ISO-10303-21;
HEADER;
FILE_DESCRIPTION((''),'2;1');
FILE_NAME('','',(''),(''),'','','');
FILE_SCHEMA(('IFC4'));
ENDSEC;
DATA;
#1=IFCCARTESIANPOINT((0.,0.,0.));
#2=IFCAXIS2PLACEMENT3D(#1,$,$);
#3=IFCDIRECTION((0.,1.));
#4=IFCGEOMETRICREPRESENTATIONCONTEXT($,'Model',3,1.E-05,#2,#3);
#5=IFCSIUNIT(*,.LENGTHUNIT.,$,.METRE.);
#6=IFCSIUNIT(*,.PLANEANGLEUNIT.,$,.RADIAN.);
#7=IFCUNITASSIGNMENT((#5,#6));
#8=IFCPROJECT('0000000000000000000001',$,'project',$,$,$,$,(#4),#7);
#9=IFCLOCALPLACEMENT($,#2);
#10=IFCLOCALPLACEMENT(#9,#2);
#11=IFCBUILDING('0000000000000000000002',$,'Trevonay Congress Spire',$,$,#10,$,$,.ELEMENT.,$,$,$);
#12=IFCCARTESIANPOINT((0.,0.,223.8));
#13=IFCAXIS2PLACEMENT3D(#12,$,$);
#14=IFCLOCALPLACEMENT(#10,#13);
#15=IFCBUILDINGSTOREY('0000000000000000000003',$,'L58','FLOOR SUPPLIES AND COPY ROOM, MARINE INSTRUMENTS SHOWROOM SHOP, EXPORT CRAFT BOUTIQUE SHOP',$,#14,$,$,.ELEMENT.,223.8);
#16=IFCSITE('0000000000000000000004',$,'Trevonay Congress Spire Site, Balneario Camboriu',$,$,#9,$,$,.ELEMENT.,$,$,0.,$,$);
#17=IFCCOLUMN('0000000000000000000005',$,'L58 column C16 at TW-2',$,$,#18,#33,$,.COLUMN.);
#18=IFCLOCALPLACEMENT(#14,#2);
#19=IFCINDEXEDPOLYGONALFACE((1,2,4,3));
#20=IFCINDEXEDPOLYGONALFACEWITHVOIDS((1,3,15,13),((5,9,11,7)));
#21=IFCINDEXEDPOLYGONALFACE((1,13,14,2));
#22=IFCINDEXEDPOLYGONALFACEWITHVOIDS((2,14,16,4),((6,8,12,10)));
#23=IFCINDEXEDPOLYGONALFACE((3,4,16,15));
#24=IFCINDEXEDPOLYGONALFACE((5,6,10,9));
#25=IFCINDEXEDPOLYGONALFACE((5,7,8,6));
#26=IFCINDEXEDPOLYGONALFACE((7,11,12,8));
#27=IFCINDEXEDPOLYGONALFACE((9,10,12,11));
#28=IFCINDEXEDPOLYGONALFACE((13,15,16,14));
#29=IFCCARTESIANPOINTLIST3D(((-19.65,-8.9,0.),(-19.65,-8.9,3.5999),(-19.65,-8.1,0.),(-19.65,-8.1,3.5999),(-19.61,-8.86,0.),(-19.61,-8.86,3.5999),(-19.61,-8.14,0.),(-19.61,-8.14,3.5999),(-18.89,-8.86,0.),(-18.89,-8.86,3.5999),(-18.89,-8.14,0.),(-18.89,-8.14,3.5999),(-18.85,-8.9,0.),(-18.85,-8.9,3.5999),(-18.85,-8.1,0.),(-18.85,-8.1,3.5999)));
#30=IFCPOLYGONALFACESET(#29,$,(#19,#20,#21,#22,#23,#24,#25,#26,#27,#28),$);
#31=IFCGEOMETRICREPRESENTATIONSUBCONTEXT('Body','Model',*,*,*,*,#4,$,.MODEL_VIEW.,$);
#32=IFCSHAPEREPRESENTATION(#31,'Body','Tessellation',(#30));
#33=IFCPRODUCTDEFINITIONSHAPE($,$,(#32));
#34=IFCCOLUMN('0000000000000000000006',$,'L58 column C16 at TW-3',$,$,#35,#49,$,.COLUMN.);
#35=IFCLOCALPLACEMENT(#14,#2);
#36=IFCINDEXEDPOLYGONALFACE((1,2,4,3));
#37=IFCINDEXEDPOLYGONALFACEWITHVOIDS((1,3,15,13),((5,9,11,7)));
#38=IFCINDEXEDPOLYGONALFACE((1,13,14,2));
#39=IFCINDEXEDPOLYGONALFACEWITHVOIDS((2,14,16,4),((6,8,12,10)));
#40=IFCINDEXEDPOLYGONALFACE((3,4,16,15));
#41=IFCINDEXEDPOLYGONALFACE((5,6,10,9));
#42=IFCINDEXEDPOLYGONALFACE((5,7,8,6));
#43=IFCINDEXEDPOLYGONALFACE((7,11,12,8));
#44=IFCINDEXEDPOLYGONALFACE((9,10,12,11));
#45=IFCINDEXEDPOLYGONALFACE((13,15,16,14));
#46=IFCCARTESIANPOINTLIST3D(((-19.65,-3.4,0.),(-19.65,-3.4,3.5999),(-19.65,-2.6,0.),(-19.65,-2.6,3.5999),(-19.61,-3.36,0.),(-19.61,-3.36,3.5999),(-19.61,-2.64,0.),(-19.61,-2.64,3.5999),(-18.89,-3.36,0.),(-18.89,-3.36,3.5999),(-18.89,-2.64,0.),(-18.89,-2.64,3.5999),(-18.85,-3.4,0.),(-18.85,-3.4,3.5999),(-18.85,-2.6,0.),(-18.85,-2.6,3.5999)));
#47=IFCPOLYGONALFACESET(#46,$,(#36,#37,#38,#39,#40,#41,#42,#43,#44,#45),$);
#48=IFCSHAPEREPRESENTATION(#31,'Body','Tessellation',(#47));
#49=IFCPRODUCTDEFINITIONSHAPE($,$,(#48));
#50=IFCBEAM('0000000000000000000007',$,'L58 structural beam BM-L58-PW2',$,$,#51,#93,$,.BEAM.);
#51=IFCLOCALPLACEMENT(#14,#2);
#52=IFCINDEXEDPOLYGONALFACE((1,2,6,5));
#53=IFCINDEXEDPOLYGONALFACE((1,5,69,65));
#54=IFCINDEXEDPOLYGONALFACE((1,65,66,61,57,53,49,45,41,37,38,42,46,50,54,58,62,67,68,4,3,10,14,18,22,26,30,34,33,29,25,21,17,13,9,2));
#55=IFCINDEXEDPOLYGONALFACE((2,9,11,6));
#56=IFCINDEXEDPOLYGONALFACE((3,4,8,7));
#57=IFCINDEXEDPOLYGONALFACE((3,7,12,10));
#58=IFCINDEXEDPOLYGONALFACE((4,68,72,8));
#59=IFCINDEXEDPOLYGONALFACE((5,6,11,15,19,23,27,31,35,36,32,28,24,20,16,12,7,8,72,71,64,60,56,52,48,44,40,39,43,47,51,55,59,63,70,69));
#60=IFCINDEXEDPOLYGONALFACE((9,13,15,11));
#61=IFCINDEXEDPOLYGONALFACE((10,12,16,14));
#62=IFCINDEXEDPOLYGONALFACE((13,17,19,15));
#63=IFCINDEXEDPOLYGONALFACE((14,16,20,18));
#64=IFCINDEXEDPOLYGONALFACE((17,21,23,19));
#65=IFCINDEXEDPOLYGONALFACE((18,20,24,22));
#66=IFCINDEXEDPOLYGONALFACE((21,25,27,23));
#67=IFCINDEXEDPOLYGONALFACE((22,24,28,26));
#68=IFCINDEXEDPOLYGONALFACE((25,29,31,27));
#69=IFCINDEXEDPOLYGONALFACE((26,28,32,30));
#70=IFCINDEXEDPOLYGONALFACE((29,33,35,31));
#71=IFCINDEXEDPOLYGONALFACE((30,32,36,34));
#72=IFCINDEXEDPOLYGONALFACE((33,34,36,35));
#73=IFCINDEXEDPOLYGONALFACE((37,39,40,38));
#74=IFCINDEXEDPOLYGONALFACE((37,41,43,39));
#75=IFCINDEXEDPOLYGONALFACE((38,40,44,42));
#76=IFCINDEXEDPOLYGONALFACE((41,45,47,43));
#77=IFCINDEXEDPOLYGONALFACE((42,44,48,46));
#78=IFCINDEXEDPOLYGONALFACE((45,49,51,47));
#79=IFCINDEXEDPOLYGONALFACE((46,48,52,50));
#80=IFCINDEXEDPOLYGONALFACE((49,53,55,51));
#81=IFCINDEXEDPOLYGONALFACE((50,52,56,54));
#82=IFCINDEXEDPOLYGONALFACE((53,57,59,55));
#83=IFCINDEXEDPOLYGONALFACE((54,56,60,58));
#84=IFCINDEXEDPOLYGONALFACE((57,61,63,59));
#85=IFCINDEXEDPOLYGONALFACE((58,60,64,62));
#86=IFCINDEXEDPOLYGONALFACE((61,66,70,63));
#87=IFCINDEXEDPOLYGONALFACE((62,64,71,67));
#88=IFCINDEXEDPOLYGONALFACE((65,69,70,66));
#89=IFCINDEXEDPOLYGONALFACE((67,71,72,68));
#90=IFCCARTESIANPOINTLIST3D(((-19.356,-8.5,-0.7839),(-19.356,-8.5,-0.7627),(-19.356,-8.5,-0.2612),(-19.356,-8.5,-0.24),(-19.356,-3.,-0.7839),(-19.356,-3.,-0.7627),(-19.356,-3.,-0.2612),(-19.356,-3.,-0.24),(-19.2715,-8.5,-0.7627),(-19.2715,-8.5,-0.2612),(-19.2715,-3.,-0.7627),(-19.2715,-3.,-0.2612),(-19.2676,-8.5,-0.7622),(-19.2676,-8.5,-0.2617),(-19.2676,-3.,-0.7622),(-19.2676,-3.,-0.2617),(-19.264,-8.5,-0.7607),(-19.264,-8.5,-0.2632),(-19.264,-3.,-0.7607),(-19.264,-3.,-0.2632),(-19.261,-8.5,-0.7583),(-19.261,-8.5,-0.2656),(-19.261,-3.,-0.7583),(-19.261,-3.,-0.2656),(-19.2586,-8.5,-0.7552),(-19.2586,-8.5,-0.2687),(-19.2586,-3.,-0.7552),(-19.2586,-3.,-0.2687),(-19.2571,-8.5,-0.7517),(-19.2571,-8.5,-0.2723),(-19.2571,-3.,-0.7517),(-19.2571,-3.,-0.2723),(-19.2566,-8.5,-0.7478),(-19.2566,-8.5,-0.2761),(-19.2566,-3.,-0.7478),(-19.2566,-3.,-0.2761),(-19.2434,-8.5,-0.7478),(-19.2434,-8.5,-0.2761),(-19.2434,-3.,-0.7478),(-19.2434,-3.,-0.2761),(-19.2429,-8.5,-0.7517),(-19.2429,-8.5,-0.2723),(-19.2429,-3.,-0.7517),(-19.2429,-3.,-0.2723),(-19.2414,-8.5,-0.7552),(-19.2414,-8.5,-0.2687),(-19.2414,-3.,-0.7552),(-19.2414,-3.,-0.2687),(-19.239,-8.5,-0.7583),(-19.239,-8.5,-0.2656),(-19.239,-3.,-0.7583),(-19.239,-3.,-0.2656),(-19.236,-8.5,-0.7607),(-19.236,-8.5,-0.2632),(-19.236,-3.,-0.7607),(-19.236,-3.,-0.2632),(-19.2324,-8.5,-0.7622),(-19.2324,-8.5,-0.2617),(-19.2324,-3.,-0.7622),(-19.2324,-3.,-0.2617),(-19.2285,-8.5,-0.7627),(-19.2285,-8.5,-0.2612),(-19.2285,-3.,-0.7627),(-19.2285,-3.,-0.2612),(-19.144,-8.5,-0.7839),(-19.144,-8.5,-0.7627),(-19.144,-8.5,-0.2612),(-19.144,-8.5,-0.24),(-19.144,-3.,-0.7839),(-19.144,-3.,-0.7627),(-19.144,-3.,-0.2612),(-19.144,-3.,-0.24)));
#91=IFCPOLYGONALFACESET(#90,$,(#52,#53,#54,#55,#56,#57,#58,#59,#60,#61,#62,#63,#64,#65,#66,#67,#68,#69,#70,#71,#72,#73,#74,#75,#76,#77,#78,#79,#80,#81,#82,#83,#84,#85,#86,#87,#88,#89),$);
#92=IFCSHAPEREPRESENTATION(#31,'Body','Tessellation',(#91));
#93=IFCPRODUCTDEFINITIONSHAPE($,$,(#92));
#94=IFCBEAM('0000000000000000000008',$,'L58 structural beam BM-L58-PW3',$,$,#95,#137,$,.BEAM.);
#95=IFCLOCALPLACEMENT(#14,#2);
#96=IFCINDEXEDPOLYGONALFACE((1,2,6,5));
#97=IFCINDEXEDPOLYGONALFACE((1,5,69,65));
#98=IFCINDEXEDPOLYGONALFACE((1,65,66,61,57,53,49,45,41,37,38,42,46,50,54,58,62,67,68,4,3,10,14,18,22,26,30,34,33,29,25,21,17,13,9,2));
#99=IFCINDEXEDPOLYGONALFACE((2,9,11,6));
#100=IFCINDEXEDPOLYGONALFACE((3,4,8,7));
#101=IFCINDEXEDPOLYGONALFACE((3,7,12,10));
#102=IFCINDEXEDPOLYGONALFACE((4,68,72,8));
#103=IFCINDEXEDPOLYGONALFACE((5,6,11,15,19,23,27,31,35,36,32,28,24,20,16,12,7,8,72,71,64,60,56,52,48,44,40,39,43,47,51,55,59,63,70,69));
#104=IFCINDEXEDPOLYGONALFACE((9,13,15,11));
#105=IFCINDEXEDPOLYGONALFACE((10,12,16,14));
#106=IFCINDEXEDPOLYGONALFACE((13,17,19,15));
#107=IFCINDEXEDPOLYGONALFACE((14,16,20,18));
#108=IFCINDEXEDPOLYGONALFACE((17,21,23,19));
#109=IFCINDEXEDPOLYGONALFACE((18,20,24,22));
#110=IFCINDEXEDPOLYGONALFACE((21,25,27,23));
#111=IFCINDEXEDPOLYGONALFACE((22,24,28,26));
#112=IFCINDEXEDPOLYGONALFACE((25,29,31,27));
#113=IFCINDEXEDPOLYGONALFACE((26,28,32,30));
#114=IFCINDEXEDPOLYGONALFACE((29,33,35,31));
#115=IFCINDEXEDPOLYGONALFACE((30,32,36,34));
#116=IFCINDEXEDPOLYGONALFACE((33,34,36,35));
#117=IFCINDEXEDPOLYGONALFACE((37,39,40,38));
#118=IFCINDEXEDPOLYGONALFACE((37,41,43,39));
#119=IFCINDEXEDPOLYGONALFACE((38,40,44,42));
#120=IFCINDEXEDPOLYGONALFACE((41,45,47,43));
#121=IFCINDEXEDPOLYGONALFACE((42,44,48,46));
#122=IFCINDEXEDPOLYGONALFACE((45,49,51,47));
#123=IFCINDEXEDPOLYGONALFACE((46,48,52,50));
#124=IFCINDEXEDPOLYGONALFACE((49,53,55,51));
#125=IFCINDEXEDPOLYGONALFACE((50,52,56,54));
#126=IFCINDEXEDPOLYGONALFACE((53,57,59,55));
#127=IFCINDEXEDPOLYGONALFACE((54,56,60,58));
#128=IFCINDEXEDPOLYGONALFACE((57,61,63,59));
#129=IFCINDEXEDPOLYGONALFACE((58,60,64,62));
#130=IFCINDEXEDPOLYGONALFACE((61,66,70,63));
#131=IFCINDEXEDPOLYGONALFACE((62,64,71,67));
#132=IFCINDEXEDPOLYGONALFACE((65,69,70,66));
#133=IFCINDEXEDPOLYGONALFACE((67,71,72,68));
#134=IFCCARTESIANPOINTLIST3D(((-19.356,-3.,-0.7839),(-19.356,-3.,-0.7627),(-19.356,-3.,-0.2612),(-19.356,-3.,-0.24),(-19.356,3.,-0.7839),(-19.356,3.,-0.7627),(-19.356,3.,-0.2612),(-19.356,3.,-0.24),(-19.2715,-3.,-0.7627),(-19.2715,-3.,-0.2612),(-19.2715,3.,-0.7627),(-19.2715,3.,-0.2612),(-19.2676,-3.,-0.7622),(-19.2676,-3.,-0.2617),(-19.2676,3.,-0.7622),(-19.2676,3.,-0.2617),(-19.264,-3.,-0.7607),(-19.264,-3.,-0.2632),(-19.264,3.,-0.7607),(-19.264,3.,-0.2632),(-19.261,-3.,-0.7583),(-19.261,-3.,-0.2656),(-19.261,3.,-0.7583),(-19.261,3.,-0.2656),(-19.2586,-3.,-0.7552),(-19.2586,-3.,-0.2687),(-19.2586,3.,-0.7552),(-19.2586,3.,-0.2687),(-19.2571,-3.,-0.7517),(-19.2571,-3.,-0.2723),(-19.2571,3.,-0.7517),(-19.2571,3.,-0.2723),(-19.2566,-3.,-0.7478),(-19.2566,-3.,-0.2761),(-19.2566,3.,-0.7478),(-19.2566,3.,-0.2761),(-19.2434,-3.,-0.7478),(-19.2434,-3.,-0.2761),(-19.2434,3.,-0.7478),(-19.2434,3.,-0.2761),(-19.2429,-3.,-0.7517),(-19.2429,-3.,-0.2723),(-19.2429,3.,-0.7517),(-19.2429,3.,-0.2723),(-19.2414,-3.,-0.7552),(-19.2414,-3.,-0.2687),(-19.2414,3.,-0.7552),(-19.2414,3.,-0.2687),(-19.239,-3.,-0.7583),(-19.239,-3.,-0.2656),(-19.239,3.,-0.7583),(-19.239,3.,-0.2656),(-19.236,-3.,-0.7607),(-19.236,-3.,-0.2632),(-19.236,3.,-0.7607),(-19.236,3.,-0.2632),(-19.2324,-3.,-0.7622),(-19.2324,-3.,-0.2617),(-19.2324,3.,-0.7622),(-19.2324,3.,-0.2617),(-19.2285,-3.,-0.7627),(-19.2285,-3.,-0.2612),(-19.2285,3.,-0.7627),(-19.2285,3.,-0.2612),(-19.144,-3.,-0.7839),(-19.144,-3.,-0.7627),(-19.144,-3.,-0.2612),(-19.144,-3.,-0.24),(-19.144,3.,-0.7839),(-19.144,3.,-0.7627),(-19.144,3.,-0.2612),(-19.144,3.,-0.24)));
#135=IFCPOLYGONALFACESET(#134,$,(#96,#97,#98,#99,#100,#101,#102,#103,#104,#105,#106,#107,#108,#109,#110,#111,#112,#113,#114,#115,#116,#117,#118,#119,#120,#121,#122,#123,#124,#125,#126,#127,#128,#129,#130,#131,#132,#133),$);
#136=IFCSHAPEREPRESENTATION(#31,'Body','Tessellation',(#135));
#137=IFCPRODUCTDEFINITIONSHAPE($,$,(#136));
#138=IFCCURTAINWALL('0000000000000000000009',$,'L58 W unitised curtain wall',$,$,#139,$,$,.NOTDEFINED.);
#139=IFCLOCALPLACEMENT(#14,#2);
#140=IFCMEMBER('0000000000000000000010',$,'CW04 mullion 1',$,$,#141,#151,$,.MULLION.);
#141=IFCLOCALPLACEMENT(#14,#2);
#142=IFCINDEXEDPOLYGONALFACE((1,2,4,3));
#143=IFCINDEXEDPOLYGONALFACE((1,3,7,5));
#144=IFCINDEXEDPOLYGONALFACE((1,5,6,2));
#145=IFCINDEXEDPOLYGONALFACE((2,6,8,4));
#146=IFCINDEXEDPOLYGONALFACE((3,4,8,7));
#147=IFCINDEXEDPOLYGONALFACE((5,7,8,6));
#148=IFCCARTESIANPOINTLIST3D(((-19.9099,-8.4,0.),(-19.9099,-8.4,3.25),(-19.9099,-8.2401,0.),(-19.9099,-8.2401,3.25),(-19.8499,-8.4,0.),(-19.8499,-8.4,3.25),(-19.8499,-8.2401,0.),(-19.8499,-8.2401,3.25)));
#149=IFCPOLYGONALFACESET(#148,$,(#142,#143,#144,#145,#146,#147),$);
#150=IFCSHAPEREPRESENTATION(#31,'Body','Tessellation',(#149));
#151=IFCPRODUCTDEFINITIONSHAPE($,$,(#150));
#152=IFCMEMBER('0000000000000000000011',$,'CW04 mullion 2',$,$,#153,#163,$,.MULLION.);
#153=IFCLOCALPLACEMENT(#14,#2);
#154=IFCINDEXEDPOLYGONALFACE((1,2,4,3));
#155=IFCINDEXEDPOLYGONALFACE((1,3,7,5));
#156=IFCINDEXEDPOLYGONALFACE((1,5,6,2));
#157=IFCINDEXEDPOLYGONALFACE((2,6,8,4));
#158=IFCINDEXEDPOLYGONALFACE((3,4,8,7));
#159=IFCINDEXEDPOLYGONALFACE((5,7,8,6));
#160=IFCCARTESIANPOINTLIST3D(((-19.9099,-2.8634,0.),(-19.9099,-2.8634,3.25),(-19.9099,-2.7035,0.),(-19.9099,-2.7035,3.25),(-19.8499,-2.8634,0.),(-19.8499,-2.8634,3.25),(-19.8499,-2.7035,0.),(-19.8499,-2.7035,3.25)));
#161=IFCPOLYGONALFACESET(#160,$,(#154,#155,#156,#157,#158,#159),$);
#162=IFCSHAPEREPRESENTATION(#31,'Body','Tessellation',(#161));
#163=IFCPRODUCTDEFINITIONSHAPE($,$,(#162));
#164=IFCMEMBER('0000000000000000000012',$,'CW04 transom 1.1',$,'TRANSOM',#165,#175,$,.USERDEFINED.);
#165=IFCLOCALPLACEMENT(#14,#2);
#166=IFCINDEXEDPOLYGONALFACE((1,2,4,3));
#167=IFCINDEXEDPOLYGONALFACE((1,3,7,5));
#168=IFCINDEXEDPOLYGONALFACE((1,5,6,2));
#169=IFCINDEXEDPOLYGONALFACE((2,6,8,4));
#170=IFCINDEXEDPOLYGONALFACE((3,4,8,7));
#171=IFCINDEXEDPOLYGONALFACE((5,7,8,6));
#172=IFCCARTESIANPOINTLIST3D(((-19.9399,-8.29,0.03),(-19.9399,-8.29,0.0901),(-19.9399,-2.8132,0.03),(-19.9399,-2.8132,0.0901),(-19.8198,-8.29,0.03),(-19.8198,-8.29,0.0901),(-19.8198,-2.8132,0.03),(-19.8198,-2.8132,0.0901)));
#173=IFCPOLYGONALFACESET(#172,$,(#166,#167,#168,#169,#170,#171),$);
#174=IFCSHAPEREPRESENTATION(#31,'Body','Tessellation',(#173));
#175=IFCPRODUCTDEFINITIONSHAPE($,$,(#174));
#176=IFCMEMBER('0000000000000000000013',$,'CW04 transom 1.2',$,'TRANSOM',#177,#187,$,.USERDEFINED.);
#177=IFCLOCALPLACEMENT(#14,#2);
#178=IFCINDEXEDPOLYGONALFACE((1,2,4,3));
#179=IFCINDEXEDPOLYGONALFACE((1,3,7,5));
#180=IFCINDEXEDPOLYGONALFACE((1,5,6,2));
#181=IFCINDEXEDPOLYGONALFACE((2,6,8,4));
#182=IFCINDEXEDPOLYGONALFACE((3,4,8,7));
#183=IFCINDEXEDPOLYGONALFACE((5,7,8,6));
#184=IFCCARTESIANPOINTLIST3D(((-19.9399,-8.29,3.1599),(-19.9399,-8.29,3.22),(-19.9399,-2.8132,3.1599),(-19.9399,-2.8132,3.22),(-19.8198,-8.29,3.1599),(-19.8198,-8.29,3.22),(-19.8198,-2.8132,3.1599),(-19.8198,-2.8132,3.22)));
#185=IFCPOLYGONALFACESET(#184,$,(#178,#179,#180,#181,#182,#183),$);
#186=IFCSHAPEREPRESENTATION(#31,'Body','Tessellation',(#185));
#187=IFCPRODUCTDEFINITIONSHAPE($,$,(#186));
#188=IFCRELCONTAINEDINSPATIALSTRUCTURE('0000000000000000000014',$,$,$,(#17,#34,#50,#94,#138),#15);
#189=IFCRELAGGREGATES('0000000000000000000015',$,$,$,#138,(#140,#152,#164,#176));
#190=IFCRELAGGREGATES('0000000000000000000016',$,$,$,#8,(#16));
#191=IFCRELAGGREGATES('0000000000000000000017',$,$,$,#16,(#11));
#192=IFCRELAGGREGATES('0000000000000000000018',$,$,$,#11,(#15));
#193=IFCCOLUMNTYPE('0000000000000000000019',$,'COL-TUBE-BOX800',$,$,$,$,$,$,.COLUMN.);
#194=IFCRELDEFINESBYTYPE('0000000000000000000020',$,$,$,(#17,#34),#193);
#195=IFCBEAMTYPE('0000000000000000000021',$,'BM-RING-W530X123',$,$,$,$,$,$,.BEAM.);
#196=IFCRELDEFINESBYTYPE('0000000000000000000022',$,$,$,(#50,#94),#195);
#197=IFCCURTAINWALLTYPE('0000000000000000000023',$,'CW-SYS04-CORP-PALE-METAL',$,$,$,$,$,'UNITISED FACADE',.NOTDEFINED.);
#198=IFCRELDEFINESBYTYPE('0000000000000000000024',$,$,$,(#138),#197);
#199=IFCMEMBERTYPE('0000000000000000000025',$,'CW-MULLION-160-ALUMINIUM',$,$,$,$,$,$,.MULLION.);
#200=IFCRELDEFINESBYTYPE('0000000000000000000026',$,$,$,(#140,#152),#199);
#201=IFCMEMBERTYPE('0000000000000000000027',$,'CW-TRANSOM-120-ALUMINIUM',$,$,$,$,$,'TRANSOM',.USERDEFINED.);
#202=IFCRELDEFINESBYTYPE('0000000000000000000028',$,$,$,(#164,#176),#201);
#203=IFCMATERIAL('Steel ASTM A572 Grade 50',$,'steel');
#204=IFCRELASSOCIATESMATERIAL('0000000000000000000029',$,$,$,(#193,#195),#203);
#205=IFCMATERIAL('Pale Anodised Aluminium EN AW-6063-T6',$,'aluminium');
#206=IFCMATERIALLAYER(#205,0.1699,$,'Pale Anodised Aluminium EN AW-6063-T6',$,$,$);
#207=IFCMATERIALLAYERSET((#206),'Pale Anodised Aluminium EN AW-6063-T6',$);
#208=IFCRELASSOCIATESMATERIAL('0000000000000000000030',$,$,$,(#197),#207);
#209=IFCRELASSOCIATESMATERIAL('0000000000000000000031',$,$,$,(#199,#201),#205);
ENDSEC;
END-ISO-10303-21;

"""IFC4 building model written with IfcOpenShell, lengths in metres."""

from ifc_helpers import new_model, si_unit, direction, frame, origin, origin_2d, place, context, subcontext, project, spatial, rectangle, hollow_rectangle, i_section, extrude, material, layer, layer_set, material_profile, profile_set, type_object, element, aggregate, save


model = new_model("IFC4")

# Units and contexts
model_context = context("Model", 3, precision=1e-05, world=origin(), true_north=direction((0.0, 1.0)))
body_context = subcontext(model_context, "Body", "Model", "MODEL_VIEW")
ifc_project = project(units=[si_unit("LENGTHUNIT", "METRE"), si_unit("PLANEANGLEUNIT", "RADIAN")], contexts=[model_context])

# Site, building, storey
site_placement = place(None, origin())
site = spatial("IfcSite", under=ifc_project, at=site_placement, Name="Trevonay Congress Spire Site, Balneario Camboriu", CompositionType="ELEMENT", RefElevation=0.0)
building_placement = place(site_placement, origin())
building = spatial("IfcBuilding", under=site, at=building_placement, Name="Trevonay Congress Spire", CompositionType="ELEMENT")
storey_placement = place(building_placement, frame((0.0, 0.0, 223.8)))
storey = spatial("IfcBuildingStorey", under=building, at=storey_placement, Name="L58", Description="FLOOR SUPPLIES AND COPY ROOM, MARINE INSTRUMENTS SHOWROOM SHOP, EXPORT CRAFT BOUTIQUE SHOP", CompositionType="ELEMENT", Elevation=223.8)

# Columns
ifc_material_1 = material(Name="Steel ASTM A572 Grade 50", Category="steel")
ifc_material_profile_1 = material_profile(ifc_material_1, hollow_rectangle(XDim=0.8, YDim=0.8, WallThickness=0.04, at=origin_2d()), Name="BOX 800x800x40")
ifc_profile_set_1 = profile_set([ifc_material_profile_1], Name="Steel ASTM A572 Grade 50")
column_type = type_object("IfcColumnType", Name="COL-TUBE-BOX800", PredefinedType="COLUMN", material=ifc_profile_set_1)
for number, where, z_axis, x_axis, name in (
    (1, (-19.25, -8.5, 0.0), (0.0, 0.0, 1.0), (1.0, 0.0, 0.0), "L58 column C16 at TW-2"),
    (2, (-19.25, -3.0, 0.0), (0.0, 0.0, 1.0), (1.0, 0.0, 0.0), "L58 column C16 at TW-3"),
):
    element("IfcColumn", number, at=place(storey_placement, frame(where, z_axis=z_axis, x_axis=x_axis)), inside=storey, type_object=column_type, Name=name, PredefinedType="COLUMN", context=body_context, shape_type="SweptSolid", body=[
        extrude(hollow_rectangle(XDim=0.8, YDim=0.8, WallThickness=0.04, at=origin_2d()), origin(), (0.0, 0.0, 1.0), 3.5999),
    ])

# Beams
ifc_material_profile_2 = material_profile(ifc_material_1, i_section(OverallWidth=0.2119, OverallDepth=0.5439, WebThickness=0.0132, FlangeThickness=0.0212, FilletRadius=0.0149, at=origin_2d()), Name="W530x123")
ifc_profile_set_2 = profile_set([ifc_material_profile_2], Name="Steel ASTM A572 Grade 50")
beam_type_1 = type_object("IfcBeamType", Name="BM-RING-W530X123", PredefinedType="BEAM", material=ifc_profile_set_2)
beam_1_placement = place(storey_placement, frame((-19.25, -8.5, -0.512), z_axis=(0.0, 1.0, 0.0), x_axis=(-1.0, 0.0, 0.0)))
element("IfcBeam", 3, at=beam_1_placement, inside=storey, type_object=beam_type_1, Name="L58 structural beam BM-L58-PW2", PredefinedType="BEAM", context=body_context, shape_type="SweptSolid", body=[
    extrude(i_section(OverallWidth=0.2119, OverallDepth=0.5439, WebThickness=0.0132, FlangeThickness=0.0212, FilletRadius=0.0149, at=origin_2d()), origin(), (0.0, 0.0, 1.0), 5.5),
])
beam_2_placement = place(storey_placement, frame((-19.25, -3.0, -0.512), z_axis=(0.0, 1.0, 0.0), x_axis=(-1.0, 0.0, 0.0)))
element("IfcBeam", 4, at=beam_2_placement, inside=storey, type_object=beam_type_1, Name="L58 structural beam BM-L58-PW3", PredefinedType="BEAM", context=body_context, shape_type="SweptSolid", body=[
    extrude(i_section(OverallWidth=0.2119, OverallDepth=0.5439, WebThickness=0.0132, FlangeThickness=0.0212, FilletRadius=0.0149, at=origin_2d()), origin(), (0.0, 0.0, 1.0), 6.0),
])

# Curtain wall, members
ifc_material_2 = material(Name="Pale Anodised Aluminium EN AW-6063-T6", Category="aluminium")
ifc_layer_1 = layer(ifc_material_2, 0.1699, Name="Pale Anodised Aluminium EN AW-6063-T6")
ifc_layer_set_1 = layer_set([ifc_layer_1], Name="Pale Anodised Aluminium EN AW-6063-T6")
curtain_wall_type = type_object("IfcCurtainWallType", Name="CW-SYS04-CORP-PALE-METAL", ElementType="UNITISED FACADE", PredefinedType="NOTDEFINED", material=ifc_layer_set_1)
curtain_wall_placement = place(storey_placement, origin())
curtain_wall = element("IfcCurtainWall", 5, at=curtain_wall_placement, inside=storey, type_object=curtain_wall_type, Name="L58 W unitised curtain wall", PredefinedType="NOTDEFINED")
ifc_material_profile_3 = material_profile(ifc_material_2, rectangle(XDim=0.0601, YDim=0.1599, at=origin_2d()), Name="CW-MULLION-160-ALUMINIUM")
ifc_profile_set_3 = profile_set([ifc_material_profile_3], Name="Pale Anodised Aluminium EN AW-6063-T6")
member_type_1 = type_object("IfcMemberType", Name="CW-MULLION-160-ALUMINIUM", PredefinedType="MULLION", material=ifc_profile_set_3)
member_1_placement = place(storey_placement, frame((-19.8799, -8.3201, 0.0), z_axis=(0.0, 0.0, 1.0), x_axis=(-1.0, 0.0, 0.0)))
member_1 = element("IfcMember", 6, at=member_1_placement, type_object=member_type_1, Name="CW04 mullion 1", PredefinedType="MULLION", context=body_context, shape_type="SweptSolid", body=[
    extrude(rectangle(XDim=0.0601, YDim=0.1599, at=origin_2d()), origin(), (0.0, 0.0, 1.0), 3.25),
])
member_2_placement = place(storey_placement, frame((-19.8799, -2.7834, 0.0), z_axis=(0.0, 0.0, 1.0), x_axis=(-1.0, 0.0, 0.0)))
member_2 = element("IfcMember", 7, at=member_2_placement, type_object=member_type_1, Name="CW04 mullion 2", PredefinedType="MULLION", context=body_context, shape_type="SweptSolid", body=[
    extrude(rectangle(XDim=0.0601, YDim=0.1599, at=origin_2d()), origin(), (0.0, 0.0, 1.0), 3.25),
])
ifc_material_profile_4 = material_profile(ifc_material_2, rectangle(XDim=0.1201, YDim=0.0601, at=origin_2d()), Name="CW-TRANSOM-120-ALUMINIUM")
ifc_profile_set_4 = profile_set([ifc_material_profile_4], Name="Pale Anodised Aluminium EN AW-6063-T6")
member_type_2 = type_object("IfcMemberType", Name="CW-TRANSOM-120-ALUMINIUM", ElementType="TRANSOM", PredefinedType="USERDEFINED", material=ifc_profile_set_4)
member_3_placement = place(storey_placement, frame((-19.8799, -8.29, 0.0601), z_axis=(0.0, 1.0, 0.0), x_axis=(-1.0, 0.0, 0.0)))
member_3 = element("IfcMember", 8, at=member_3_placement, type_object=member_type_2, Name="CW04 transom 1.1", ObjectType="TRANSOM", PredefinedType="USERDEFINED", context=body_context, shape_type="SweptSolid", body=[
    extrude(rectangle(XDim=0.1201, YDim=0.0601, at=origin_2d()), origin(), (0.0, 0.0, 1.0), 5.4768),
])
member_4_placement = place(storey_placement, frame((-19.8799, -8.29, 3.1899), z_axis=(0.0, 1.0, 0.0), x_axis=(-1.0, 0.0, 0.0)))
member_4 = element("IfcMember", 9, at=member_4_placement, type_object=member_type_2, Name="CW04 transom 1.2", ObjectType="TRANSOM", PredefinedType="USERDEFINED", context=body_context, shape_type="SweptSolid", body=[
    extrude(rectangle(XDim=0.1201, YDim=0.0601, at=origin_2d()), origin(), (0.0, 0.0, 1.0), 5.4768),
])

aggregate(curtain_wall, [member_1, member_2, member_3, member_4])

save(model, "model.ifc")
